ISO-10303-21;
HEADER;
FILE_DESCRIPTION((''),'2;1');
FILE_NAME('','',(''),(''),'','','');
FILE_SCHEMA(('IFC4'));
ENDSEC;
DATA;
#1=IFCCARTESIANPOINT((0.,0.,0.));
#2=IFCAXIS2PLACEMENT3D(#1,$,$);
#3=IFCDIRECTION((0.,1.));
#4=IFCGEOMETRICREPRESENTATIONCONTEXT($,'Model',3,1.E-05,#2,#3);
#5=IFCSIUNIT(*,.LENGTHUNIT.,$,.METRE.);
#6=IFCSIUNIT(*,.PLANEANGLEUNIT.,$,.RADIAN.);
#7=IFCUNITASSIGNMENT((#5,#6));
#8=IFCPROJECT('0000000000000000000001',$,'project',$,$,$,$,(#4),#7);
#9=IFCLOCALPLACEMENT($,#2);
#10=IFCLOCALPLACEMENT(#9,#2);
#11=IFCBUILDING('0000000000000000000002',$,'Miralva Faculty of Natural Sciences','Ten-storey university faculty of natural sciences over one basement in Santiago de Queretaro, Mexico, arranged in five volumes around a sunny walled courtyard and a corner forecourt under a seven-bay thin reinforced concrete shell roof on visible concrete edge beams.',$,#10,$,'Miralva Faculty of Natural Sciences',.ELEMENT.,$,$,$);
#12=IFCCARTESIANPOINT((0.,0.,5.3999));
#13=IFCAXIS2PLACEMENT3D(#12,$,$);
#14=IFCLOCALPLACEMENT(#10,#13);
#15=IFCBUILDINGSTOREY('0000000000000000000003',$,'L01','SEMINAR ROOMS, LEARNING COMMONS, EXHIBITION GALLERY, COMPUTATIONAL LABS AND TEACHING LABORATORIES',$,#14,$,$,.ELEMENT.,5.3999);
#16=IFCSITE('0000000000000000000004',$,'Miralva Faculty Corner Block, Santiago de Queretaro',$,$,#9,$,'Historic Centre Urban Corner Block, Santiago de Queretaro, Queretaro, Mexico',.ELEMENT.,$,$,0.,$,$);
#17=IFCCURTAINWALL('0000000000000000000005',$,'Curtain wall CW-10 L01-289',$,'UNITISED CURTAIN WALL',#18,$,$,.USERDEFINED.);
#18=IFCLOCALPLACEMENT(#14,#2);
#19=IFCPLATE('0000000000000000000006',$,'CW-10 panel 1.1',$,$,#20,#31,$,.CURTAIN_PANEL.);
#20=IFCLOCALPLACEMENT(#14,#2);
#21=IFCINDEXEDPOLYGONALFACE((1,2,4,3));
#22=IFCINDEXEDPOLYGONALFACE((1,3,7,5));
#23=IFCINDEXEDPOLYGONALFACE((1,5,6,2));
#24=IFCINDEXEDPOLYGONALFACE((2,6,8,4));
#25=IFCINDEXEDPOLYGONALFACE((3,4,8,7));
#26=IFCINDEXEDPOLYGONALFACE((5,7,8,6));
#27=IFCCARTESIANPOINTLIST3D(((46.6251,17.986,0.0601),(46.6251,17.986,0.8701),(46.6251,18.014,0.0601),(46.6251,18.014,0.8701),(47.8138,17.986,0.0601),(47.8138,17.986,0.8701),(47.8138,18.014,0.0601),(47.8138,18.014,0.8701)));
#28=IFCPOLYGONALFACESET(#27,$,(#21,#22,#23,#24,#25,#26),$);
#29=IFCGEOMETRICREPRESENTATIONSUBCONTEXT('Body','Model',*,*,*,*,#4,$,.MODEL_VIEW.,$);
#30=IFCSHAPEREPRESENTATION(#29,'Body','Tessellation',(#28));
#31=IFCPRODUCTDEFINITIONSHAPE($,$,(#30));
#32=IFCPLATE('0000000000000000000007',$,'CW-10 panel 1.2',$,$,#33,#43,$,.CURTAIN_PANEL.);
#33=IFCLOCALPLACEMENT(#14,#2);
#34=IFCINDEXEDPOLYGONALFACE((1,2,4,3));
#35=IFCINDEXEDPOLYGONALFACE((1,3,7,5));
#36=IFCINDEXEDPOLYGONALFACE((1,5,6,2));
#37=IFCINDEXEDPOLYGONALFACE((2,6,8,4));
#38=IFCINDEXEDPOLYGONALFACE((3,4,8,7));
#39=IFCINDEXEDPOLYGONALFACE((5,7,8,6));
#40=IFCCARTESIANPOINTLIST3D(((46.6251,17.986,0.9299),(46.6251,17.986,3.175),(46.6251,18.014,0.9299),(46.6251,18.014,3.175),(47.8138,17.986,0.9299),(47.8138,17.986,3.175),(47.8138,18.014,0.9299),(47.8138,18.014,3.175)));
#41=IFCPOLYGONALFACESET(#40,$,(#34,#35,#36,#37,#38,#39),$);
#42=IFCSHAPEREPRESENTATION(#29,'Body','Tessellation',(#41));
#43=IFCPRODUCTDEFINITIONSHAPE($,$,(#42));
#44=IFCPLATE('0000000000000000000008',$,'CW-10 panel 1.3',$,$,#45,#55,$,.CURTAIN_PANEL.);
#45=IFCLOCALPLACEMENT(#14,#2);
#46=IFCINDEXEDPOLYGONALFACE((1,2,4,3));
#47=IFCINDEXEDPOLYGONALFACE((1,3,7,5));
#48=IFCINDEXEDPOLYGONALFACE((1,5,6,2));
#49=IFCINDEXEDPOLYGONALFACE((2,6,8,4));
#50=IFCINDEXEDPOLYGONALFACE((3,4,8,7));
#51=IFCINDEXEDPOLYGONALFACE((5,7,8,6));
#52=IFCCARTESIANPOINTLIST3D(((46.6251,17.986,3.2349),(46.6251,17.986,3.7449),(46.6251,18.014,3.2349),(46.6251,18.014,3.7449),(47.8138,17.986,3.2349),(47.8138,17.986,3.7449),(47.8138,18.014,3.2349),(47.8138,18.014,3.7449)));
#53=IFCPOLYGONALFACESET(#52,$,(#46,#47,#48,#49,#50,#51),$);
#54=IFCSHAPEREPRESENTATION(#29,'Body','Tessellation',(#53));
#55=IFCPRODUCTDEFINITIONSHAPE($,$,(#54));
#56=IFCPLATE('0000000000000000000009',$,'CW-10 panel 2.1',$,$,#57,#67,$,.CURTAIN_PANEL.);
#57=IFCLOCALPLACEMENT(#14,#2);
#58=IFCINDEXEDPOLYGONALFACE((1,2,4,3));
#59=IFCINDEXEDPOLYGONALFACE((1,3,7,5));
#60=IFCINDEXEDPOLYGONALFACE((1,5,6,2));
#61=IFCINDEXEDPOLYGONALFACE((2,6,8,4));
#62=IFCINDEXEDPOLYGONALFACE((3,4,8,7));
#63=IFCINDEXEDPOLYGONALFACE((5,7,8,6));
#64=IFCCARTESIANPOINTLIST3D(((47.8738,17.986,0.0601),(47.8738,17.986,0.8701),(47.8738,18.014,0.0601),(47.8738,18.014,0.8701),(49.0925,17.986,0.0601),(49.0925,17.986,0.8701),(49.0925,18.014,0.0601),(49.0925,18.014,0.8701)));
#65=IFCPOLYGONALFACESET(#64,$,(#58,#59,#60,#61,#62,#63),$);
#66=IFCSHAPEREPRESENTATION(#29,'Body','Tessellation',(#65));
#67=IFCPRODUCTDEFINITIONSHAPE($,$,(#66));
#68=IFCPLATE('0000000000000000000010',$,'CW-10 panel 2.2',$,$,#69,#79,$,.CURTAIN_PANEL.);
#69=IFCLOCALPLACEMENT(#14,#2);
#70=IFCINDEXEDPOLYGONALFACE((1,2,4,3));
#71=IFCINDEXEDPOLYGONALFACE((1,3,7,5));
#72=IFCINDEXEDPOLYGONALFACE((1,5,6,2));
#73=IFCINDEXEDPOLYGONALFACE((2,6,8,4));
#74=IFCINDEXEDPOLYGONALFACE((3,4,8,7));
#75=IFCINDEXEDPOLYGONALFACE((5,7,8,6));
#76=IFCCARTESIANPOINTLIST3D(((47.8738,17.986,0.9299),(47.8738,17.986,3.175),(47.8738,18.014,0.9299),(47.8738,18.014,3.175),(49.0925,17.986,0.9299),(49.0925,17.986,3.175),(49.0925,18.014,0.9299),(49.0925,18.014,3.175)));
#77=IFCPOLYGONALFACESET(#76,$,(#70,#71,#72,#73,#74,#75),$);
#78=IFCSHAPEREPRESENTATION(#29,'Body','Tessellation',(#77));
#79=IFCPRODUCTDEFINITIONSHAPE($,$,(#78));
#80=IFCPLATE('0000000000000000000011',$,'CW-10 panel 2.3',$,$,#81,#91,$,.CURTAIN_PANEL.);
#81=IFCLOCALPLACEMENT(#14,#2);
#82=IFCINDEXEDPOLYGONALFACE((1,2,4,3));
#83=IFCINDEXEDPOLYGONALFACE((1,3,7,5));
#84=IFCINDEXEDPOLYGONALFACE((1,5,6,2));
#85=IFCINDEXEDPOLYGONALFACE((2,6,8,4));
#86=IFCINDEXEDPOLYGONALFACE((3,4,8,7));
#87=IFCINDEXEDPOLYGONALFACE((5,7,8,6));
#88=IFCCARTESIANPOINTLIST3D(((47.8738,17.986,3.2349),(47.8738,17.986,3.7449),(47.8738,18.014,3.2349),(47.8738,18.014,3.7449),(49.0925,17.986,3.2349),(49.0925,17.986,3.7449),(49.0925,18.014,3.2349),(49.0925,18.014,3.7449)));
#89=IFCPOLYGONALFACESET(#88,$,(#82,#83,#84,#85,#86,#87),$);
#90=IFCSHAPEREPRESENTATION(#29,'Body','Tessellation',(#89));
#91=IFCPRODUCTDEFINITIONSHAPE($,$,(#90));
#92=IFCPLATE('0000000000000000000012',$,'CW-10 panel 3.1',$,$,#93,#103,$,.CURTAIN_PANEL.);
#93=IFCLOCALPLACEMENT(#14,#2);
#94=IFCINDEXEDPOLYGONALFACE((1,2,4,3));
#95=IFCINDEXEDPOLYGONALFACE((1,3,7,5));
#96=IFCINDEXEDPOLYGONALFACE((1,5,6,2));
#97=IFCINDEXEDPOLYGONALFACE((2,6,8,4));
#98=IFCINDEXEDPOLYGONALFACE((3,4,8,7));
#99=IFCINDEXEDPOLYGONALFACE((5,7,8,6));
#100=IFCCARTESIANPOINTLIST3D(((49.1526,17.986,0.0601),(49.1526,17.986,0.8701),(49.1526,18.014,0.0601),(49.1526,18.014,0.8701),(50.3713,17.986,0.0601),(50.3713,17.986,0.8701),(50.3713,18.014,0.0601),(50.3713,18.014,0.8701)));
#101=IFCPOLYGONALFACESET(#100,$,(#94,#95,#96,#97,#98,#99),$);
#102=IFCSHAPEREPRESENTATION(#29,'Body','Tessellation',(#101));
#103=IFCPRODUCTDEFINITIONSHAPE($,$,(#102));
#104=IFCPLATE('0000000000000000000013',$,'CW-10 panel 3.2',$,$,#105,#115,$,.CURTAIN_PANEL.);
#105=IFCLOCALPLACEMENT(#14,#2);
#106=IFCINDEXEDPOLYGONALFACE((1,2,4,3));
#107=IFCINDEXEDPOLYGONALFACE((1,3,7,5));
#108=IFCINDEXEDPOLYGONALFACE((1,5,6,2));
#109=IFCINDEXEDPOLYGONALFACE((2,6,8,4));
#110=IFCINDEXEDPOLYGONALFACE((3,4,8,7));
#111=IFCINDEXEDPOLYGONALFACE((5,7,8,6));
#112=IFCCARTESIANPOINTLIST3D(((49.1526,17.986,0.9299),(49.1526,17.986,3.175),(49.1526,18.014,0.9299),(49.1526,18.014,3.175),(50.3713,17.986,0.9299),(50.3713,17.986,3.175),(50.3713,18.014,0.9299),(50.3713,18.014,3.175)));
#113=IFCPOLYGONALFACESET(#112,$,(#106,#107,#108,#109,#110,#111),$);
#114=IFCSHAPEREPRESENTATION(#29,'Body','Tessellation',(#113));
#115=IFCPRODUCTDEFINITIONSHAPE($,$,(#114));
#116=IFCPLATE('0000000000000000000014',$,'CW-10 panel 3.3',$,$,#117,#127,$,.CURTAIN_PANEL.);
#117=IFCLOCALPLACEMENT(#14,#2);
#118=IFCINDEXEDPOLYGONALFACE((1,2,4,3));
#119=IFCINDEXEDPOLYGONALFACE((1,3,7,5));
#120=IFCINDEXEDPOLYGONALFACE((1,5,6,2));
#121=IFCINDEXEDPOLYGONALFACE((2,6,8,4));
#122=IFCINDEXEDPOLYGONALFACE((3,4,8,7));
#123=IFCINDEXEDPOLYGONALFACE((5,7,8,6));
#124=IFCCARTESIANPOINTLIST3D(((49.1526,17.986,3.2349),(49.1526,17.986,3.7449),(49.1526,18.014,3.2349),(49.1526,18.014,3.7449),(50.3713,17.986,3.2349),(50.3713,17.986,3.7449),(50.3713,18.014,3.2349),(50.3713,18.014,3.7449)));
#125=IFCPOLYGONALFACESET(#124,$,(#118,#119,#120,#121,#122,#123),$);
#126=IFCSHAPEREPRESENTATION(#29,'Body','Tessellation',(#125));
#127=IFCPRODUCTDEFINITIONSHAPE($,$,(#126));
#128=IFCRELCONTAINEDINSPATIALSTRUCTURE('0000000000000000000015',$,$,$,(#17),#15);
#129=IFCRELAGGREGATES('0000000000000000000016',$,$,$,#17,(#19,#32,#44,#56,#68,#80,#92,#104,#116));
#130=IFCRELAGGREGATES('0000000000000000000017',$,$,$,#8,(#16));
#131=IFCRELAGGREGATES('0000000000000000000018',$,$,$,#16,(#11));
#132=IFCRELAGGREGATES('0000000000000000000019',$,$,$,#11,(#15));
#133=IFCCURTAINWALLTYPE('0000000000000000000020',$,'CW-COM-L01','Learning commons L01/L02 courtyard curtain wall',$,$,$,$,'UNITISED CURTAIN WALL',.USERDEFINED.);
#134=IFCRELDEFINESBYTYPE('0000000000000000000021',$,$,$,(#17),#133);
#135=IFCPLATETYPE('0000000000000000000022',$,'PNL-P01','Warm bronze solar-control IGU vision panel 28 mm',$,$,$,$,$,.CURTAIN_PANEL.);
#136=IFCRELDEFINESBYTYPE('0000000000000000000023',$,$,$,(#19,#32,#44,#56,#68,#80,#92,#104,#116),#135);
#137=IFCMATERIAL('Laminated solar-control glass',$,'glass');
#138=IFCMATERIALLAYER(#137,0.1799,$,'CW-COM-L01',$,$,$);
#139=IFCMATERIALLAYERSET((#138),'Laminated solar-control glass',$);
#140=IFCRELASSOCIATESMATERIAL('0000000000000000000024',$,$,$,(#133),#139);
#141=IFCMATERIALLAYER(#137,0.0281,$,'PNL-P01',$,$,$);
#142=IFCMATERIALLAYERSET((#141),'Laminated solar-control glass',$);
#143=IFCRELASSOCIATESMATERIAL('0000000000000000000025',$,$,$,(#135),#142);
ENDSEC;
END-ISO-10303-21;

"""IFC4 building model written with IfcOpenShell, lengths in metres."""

from ifc_helpers import new_model, si_unit, direction, frame, origin, origin_2d, place, context, subcontext, project, spatial, rectangle, extrude, material, layer, layer_set, type_object, element, aggregate, save


model = new_model("IFC4")

# Units and contexts
model_context = context("Model", 3, precision=1e-05, world=origin(), true_north=direction((0.0, 1.0)))
body_context = subcontext(model_context, "Body", "Model", "MODEL_VIEW")
ifc_project = project(units=[si_unit("LENGTHUNIT", "METRE"), si_unit("PLANEANGLEUNIT", "RADIAN")], contexts=[model_context])

# Site, building, storey
site_placement = place(None, origin())
site = spatial("IfcSite", under=ifc_project, at=site_placement, Name="Miralva Faculty Corner Block, Santiago de Queretaro", LongName="Historic Centre Urban Corner Block, Santiago de Queretaro, Queretaro, Mexico", CompositionType="ELEMENT", RefElevation=0.0)
building_placement = place(site_placement, origin())
building = spatial("IfcBuilding", under=site, at=building_placement, Name="Miralva Faculty of Natural Sciences", Description="Ten-storey university faculty of natural sciences over one basement in Santiago de Queretaro, Mexico, arranged in five volumes around a sunny walled courtyard and a corner forecourt under a seven-bay thin reinforced concrete shell roof on visible concrete edge beams.", LongName="Miralva Faculty of Natural Sciences", CompositionType="ELEMENT")
storey_placement = place(building_placement, frame((0.0, 0.0, 5.3999)))
storey = spatial("IfcBuildingStorey", under=building, at=storey_placement, Name="L01", Description="SEMINAR ROOMS, LEARNING COMMONS, EXHIBITION GALLERY, COMPUTATIONAL LABS AND TEACHING LABORATORIES", CompositionType="ELEMENT", Elevation=5.3999)

# Shared definitions
ifc_material_1 = material(Name="Laminated solar-control glass", Category="glass")

# Shared definitions
ifc_layer_1 = layer(ifc_material_1, 0.1799, Name="CW-COM-L01")
ifc_layer_set_1 = layer_set([ifc_layer_1], Name="Laminated solar-control glass")
curtain_wall_type_1 = type_object("IfcCurtainWallType", Name="CW-COM-L01", Description="Learning commons L01/L02 courtyard curtain wall", ElementType="UNITISED CURTAIN WALL", PredefinedType="USERDEFINED", material=ifc_layer_set_1)

# Curtain wall
curtain_wall_1_placement = place(storey_placement, origin())
curtain_wall_1 = element("IfcCurtainWall", 1, at=curtain_wall_1_placement, inside=storey, type_object=curtain_wall_type_1, Name="Curtain wall CW-10 L01-289", ObjectType="UNITISED CURTAIN WALL", PredefinedType="USERDEFINED")

# Plates
ifc_layer_2 = layer(ifc_material_1, 0.0281, Name="PNL-P01")
ifc_layer_set_2 = layer_set([ifc_layer_2], Name="Laminated solar-control glass")
plate_type = type_object("IfcPlateType", Name="PNL-P01", Description="Warm bronze solar-control IGU vision panel 28 mm", PredefinedType="CURTAIN_PANEL", material=ifc_layer_set_2)
plate_1_placement = place(storey_placement, frame((47.2195, 18.0, 0.0601), z_axis=(0.0, 0.0, 1.0), x_axis=(1.0, 0.0, 0.0)))
plate_1 = element("IfcPlate", 2, at=plate_1_placement, type_object=plate_type, Name="CW-10 panel 1.1", PredefinedType="CURTAIN_PANEL", context=body_context, shape_type="SweptSolid", body=[
    extrude(rectangle(XDim=1.1887, YDim=0.0281, at=origin_2d()), origin(), (0.0, 0.0, 1.0), 0.8101),
])
plate_2_placement = place(storey_placement, frame((47.2195, 18.0, 0.9299), z_axis=(0.0, 0.0, 1.0), x_axis=(1.0, 0.0, 0.0)))
plate_2 = element("IfcPlate", 3, at=plate_2_placement, type_object=plate_type, Name="CW-10 panel 1.2", PredefinedType="CURTAIN_PANEL", context=body_context, shape_type="SweptSolid", body=[
    extrude(rectangle(XDim=1.1887, YDim=0.0281, at=origin_2d()), origin(), (0.0, 0.0, 1.0), 2.2451),
])
plate_3_placement = place(storey_placement, frame((47.2195, 18.0, 3.2349), z_axis=(0.0, 0.0, 1.0), x_axis=(1.0, 0.0, 0.0)))
plate_3 = element("IfcPlate", 4, at=plate_3_placement, type_object=plate_type, Name="CW-10 panel 1.3", PredefinedType="CURTAIN_PANEL", context=body_context, shape_type="SweptSolid", body=[
    extrude(rectangle(XDim=1.1887, YDim=0.0281, at=origin_2d()), origin(), (0.0, 0.0, 1.0), 0.51),
])
plate_4_placement = place(storey_placement, frame((48.4832, 18.0, 0.0601), z_axis=(0.0, 0.0, 1.0), x_axis=(1.0, 0.0, 0.0)))
plate_4 = element("IfcPlate", 5, at=plate_4_placement, type_object=plate_type, Name="CW-10 panel 2.1", PredefinedType="CURTAIN_PANEL", context=body_context, shape_type="SweptSolid", body=[
    extrude(rectangle(XDim=1.2188, YDim=0.0281, at=origin_2d()), origin(), (0.0, 0.0, 1.0), 0.8101),
])
plate_5_placement = place(storey_placement, frame((48.4832, 18.0, 0.9299), z_axis=(0.0, 0.0, 1.0), x_axis=(1.0, 0.0, 0.0)))
plate_5 = element("IfcPlate", 6, at=plate_5_placement, type_object=plate_type, Name="CW-10 panel 2.2", PredefinedType="CURTAIN_PANEL", context=body_context, shape_type="SweptSolid", body=[
    extrude(rectangle(XDim=1.2188, YDim=0.0281, at=origin_2d()), origin(), (0.0, 0.0, 1.0), 2.2451),
])
plate_6_placement = place(storey_placement, frame((48.4832, 18.0, 3.2349), z_axis=(0.0, 0.0, 1.0), x_axis=(1.0, 0.0, 0.0)))
plate_6 = element("IfcPlate", 7, at=plate_6_placement, type_object=plate_type, Name="CW-10 panel 2.3", PredefinedType="CURTAIN_PANEL", context=body_context, shape_type="SweptSolid", body=[
    extrude(rectangle(XDim=1.2188, YDim=0.0281, at=origin_2d()), origin(), (0.0, 0.0, 1.0), 0.51),
])
plate_7_placement = place(storey_placement, frame((49.762, 18.0, 0.0601), z_axis=(0.0, 0.0, 1.0), x_axis=(1.0, 0.0, 0.0)))
plate_7 = element("IfcPlate", 8, at=plate_7_placement, type_object=plate_type, Name="CW-10 panel 3.1", PredefinedType="CURTAIN_PANEL", context=body_context, shape_type="SweptSolid", body=[
    extrude(rectangle(XDim=1.2188, YDim=0.0281, at=origin_2d()), origin(), (0.0, 0.0, 1.0), 0.8101),
])
plate_8_placement = place(storey_placement, frame((49.762, 18.0, 0.9299), z_axis=(0.0, 0.0, 1.0), x_axis=(1.0, 0.0, 0.0)))
plate_8 = element("IfcPlate", 9, at=plate_8_placement, type_object=plate_type, Name="CW-10 panel 3.2", PredefinedType="CURTAIN_PANEL", context=body_context, shape_type="SweptSolid", body=[
    extrude(rectangle(XDim=1.2188, YDim=0.0281, at=origin_2d()), origin(), (0.0, 0.0, 1.0), 2.2451),
])
plate_9_placement = place(storey_placement, frame((49.762, 18.0, 3.2349), z_axis=(0.0, 0.0, 1.0), x_axis=(1.0, 0.0, 0.0)))
plate_9 = element("IfcPlate", 10, at=plate_9_placement, type_object=plate_type, Name="CW-10 panel 3.3", PredefinedType="CURTAIN_PANEL", context=body_context, shape_type="SweptSolid", body=[
    extrude(rectangle(XDim=1.2188, YDim=0.0281, at=origin_2d()), origin(), (0.0, 0.0, 1.0), 0.51),
])
aggregate(curtain_wall_1, [plate_1, plate_2, plate_3, plate_4, plate_5, plate_6, plate_7, plate_8, plate_9])

save(model, "model.ifc")
